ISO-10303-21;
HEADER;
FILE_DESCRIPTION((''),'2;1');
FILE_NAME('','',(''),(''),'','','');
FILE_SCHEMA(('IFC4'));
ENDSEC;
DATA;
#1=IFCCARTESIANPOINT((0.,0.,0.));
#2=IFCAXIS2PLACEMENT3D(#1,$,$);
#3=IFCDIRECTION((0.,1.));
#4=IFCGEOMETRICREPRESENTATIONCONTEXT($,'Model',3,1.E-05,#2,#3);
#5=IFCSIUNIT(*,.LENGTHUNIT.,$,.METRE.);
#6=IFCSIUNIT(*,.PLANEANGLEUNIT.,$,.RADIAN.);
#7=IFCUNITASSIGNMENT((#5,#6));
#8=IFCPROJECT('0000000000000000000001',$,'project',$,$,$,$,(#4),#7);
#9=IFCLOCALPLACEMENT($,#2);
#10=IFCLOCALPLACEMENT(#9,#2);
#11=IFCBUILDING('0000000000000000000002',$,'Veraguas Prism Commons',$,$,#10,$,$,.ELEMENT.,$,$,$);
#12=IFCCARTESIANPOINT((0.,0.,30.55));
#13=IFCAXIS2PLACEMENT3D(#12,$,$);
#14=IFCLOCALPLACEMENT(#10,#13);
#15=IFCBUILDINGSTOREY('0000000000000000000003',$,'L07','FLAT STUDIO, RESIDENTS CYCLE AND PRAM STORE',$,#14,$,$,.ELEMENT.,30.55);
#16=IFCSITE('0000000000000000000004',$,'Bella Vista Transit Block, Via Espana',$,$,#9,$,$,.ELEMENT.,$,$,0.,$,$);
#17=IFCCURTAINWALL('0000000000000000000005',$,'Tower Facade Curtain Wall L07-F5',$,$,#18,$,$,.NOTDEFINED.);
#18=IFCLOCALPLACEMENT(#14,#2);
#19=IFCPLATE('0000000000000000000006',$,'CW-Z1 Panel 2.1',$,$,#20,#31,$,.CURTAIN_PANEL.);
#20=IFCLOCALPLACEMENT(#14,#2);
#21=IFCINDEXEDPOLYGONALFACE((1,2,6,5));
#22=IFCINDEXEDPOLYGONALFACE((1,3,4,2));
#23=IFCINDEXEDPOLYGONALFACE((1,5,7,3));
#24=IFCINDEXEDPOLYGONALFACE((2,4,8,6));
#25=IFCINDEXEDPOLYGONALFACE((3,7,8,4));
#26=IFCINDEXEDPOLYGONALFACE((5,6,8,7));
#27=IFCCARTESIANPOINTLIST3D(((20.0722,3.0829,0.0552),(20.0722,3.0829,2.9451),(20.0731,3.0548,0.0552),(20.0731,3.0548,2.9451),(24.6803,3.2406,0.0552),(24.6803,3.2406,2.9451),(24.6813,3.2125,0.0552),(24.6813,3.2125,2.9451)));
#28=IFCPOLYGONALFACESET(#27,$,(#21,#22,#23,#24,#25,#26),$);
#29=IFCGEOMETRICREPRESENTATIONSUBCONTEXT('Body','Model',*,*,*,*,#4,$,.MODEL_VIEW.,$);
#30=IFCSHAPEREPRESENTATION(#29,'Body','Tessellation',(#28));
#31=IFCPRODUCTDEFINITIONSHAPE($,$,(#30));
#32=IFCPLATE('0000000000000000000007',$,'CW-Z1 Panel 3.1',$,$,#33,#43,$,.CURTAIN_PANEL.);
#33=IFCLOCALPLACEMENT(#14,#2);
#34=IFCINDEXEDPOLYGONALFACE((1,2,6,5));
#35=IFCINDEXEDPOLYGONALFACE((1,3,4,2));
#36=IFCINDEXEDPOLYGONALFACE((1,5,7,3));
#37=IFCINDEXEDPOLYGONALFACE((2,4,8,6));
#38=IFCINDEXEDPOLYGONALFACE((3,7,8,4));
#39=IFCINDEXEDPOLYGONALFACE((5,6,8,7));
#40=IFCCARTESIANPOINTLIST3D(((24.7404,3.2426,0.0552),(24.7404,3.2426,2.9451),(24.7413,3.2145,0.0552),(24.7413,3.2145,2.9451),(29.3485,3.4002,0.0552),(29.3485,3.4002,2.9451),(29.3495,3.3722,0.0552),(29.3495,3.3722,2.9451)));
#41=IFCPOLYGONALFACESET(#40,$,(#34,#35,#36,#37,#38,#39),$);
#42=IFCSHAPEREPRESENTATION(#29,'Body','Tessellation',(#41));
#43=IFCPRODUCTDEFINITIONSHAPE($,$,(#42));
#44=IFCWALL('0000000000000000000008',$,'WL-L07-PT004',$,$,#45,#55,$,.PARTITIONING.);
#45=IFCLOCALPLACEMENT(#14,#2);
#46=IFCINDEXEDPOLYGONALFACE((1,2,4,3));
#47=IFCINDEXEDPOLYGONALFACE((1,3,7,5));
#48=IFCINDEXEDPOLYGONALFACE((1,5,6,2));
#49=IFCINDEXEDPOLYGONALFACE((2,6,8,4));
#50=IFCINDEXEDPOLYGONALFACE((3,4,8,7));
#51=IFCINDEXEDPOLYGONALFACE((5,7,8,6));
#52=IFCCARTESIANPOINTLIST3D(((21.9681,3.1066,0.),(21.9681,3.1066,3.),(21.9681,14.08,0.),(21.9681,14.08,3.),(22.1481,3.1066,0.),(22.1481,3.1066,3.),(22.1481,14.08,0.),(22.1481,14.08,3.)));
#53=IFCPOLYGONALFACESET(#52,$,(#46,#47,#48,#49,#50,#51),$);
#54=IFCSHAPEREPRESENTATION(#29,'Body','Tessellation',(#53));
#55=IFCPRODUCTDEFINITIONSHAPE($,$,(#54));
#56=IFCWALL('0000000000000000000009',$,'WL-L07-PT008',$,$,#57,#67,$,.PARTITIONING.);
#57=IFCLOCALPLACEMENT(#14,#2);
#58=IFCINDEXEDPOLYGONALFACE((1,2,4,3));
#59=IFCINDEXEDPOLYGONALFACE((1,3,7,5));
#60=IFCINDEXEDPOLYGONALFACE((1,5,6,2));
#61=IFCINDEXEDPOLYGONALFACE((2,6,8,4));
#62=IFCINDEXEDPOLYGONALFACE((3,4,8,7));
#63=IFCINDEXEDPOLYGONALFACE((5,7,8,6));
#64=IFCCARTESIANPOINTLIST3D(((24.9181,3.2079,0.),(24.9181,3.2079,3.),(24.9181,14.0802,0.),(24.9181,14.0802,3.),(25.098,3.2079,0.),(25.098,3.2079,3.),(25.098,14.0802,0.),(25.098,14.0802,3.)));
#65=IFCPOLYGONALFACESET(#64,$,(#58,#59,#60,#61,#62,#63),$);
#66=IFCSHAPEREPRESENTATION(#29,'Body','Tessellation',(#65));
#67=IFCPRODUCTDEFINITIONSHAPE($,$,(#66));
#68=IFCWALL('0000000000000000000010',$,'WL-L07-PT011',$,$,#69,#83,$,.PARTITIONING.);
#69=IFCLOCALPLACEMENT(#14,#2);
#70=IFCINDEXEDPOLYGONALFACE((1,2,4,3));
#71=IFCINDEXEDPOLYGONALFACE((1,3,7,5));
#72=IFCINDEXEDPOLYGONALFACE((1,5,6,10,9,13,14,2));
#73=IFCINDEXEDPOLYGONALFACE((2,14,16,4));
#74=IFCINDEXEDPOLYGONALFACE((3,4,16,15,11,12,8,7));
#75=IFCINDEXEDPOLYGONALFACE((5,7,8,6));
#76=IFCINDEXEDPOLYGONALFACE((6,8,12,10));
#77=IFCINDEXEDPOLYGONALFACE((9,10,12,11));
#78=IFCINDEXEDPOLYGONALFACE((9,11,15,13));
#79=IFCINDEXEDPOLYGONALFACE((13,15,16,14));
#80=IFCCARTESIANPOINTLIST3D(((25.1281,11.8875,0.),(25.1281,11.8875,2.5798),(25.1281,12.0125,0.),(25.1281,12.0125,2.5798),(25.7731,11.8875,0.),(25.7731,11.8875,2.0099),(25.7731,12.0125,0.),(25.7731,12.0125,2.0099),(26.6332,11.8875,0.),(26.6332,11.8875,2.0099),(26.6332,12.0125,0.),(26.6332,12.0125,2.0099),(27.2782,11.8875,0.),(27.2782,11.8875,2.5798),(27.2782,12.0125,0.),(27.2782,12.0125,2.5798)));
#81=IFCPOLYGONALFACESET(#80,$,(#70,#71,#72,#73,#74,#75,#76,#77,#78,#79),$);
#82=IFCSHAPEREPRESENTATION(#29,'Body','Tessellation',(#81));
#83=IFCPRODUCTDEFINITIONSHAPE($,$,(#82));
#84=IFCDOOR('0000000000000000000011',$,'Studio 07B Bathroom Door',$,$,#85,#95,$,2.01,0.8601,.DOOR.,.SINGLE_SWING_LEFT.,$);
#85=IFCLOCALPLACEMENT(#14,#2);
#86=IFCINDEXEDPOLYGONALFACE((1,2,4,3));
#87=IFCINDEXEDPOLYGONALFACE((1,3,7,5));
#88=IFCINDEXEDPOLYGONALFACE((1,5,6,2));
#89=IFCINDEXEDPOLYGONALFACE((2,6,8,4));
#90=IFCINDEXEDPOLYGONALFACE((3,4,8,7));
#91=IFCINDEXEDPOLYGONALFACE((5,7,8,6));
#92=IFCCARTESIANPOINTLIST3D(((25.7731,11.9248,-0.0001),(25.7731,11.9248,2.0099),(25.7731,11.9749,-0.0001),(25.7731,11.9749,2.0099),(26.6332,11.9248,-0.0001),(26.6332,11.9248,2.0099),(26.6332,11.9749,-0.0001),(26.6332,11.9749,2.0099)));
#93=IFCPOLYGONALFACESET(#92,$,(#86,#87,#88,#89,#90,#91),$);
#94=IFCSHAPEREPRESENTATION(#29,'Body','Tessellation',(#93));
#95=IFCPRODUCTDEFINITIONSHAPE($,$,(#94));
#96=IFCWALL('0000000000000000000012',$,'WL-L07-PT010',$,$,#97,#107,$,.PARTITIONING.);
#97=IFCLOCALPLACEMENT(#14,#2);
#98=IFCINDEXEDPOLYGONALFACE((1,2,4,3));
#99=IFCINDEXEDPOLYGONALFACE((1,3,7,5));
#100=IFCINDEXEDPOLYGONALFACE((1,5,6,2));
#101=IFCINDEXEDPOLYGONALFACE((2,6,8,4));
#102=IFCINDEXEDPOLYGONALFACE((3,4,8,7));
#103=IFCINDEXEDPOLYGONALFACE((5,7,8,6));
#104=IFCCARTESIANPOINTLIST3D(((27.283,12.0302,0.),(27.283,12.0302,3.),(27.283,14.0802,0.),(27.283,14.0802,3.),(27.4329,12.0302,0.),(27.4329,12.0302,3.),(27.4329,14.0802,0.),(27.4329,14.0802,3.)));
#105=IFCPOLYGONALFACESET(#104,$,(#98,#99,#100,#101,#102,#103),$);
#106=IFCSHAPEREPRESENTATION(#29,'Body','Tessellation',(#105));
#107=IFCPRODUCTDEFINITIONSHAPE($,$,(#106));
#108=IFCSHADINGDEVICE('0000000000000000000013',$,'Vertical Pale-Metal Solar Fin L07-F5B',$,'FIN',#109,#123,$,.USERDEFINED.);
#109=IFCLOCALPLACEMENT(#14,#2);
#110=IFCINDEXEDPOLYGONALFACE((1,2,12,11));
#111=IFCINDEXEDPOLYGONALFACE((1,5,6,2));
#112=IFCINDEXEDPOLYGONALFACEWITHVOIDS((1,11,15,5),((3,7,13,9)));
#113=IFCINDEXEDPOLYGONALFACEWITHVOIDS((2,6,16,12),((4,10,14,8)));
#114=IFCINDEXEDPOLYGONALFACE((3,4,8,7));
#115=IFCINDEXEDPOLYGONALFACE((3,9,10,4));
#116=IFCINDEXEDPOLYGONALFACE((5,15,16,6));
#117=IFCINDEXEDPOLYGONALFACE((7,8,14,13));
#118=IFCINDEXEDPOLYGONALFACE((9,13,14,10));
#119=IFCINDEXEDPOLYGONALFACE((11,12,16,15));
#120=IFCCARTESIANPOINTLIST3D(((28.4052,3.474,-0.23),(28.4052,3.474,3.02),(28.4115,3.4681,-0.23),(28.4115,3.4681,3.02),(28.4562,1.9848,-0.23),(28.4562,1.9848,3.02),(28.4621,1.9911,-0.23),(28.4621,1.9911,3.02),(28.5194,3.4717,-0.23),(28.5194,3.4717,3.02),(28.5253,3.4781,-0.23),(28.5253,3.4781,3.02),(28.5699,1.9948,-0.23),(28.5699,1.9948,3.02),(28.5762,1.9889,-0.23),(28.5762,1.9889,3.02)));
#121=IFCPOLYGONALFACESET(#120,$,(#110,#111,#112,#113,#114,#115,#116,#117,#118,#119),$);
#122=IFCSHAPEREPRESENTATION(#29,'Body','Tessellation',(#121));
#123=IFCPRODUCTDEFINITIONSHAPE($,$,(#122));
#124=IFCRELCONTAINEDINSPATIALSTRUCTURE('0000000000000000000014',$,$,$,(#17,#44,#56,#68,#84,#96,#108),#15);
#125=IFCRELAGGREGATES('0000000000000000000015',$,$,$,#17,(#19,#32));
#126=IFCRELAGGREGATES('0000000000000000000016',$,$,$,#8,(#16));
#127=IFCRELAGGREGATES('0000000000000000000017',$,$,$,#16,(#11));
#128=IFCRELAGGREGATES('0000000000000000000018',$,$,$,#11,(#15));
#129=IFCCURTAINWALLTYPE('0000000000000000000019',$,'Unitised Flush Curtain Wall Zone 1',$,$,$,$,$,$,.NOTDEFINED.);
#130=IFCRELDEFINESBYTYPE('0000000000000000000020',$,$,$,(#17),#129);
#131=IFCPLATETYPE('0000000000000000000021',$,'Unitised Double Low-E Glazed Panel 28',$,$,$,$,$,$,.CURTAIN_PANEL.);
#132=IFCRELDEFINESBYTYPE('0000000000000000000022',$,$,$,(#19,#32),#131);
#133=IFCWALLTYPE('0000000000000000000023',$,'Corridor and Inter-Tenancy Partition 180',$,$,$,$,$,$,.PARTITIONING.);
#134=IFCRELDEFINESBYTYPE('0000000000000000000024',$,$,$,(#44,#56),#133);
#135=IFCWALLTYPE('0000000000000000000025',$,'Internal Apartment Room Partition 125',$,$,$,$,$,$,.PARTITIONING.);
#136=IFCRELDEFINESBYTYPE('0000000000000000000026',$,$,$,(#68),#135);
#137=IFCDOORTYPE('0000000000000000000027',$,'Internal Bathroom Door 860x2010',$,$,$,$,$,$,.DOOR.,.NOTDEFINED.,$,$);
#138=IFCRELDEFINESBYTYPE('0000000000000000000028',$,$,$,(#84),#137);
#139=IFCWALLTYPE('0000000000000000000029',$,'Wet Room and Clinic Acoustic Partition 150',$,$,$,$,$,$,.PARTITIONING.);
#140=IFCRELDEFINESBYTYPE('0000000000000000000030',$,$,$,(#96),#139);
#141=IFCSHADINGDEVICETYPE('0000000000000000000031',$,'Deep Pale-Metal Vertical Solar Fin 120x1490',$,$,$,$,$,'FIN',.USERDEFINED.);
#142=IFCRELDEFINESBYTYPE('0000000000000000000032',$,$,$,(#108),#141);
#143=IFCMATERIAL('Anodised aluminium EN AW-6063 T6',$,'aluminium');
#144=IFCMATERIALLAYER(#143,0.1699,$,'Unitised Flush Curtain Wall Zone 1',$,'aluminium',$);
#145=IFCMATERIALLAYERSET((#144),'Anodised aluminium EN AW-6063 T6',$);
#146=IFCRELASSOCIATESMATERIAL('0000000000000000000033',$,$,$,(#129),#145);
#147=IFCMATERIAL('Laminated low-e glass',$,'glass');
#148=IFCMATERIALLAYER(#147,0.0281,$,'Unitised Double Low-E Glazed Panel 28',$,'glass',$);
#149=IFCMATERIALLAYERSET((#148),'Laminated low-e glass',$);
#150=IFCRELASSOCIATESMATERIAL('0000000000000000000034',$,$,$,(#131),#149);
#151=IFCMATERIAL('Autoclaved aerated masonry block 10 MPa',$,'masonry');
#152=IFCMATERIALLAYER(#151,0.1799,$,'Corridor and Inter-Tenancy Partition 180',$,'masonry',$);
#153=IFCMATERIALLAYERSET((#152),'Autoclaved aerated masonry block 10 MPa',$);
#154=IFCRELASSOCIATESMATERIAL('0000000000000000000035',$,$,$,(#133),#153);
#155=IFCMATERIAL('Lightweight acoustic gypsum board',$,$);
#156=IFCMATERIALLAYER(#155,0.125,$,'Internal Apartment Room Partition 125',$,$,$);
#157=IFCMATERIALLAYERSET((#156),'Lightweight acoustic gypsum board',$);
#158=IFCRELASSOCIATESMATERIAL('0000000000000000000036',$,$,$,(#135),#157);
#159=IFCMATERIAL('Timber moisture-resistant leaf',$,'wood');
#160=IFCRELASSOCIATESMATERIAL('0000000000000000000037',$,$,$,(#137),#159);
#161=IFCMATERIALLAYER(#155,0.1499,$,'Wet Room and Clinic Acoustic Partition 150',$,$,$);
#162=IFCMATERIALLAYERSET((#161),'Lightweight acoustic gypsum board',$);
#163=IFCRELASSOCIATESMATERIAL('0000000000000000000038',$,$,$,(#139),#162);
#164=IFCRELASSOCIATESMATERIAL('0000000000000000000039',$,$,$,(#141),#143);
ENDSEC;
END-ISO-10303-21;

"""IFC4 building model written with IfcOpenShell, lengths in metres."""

from ifc_helpers import new_model, si_unit, direction, frame, frame_2d, origin, origin_2d, place, context, subcontext, project, spatial, rectangle, hollow_rectangle, extrude, source, transform, mapped, material, layer, layer_set, material_profile, profile_set, type_object, element, fill, aggregate, save


model = new_model("IFC4")

# Units and contexts
model_context = context("Model", 3, precision=1e-05, world=origin(), true_north=direction((0.0, 1.0)))
body_context = subcontext(model_context, "Body", "Model", "MODEL_VIEW")
ifc_project = project(units=[si_unit("LENGTHUNIT", "METRE"), si_unit("PLANEANGLEUNIT", "RADIAN")], contexts=[model_context])

# Site, building, storey
site_placement = place(None, origin())
site = spatial("IfcSite", under=ifc_project, at=site_placement, Name="Bella Vista Transit Block, Via Espana", CompositionType="ELEMENT", RefElevation=0.0)
building_placement = place(site_placement, origin())
building = spatial("IfcBuilding", under=site, at=building_placement, Name="Veraguas Prism Commons", CompositionType="ELEMENT")
storey_placement = place(building_placement, frame((0.0, 0.0, 30.55)))
storey = spatial("IfcBuildingStorey", under=building, at=storey_placement, Name="L07", Description="FLAT STUDIO, RESIDENTS CYCLE AND PRAM STORE", CompositionType="ELEMENT", Elevation=30.55)

# Curtain wall, plates
ifc_material_1 = material(Name="Anodised aluminium EN AW-6063 T6", Category="aluminium")
ifc_layer_1 = layer(ifc_material_1, 0.1699, Name="Unitised Flush Curtain Wall Zone 1", Category="aluminium")
ifc_layer_set_1 = layer_set([ifc_layer_1], Name="Anodised aluminium EN AW-6063 T6")
curtain_wall_type = type_object("IfcCurtainWallType", Name="Unitised Flush Curtain Wall Zone 1", PredefinedType="NOTDEFINED", material=ifc_layer_set_1)
curtain_wall_placement = place(storey_placement, origin())
curtain_wall = element("IfcCurtainWall", 1, at=curtain_wall_placement, inside=storey, type_object=curtain_wall_type, Name="Tower Facade Curtain Wall L07-F5", PredefinedType="NOTDEFINED")
ifc_material_2 = material(Name="Laminated low-e glass", Category="glass")
ifc_layer_2 = layer(ifc_material_2, 0.0281, Name="Unitised Double Low-E Glazed Panel 28", Category="glass")
ifc_layer_set_2 = layer_set([ifc_layer_2], Name="Laminated low-e glass")
plate_type = type_object("IfcPlateType", Name="Unitised Double Low-E Glazed Panel 28", PredefinedType="CURTAIN_PANEL", material=ifc_layer_set_2)
shared_shape_1 = source(origin(), body_context, "Body", "SweptSolid", [
    extrude(rectangle(XDim=4.6108, YDim=0.0281, at=origin_2d()), origin(), (0.0, 0.0, 1.0), 2.8899),
])
plate_1_placement = place(storey_placement, frame((22.3767, 3.1477, 0.0552), z_axis=(0.0, 0.0, 1.0), x_axis=(0.999415, 0.034195, 0.0)))
plate_1 = element("IfcPlate", 2, at=plate_1_placement, type_object=plate_type, Name="CW-Z1 Panel 2.1", PredefinedType="CURTAIN_PANEL", context=body_context, shape_type="MappedRepresentation", body=[
    mapped(shared_shape_1, transform((0.0, 0.0, 0.0), scale=1.0)),
])
plate_2_placement = place(storey_placement, frame((27.0449, 3.3074, 0.0552), z_axis=(0.0, 0.0, 1.0), x_axis=(0.999415, 0.034195, 0.0)))
plate_2 = element("IfcPlate", 3, at=plate_2_placement, type_object=plate_type, Name="CW-Z1 Panel 3.1", PredefinedType="CURTAIN_PANEL", context=body_context, shape_type="MappedRepresentation", body=[
    mapped(shared_shape_1, transform((0.0, 0.0, 0.0), scale=1.0)),
])
aggregate(curtain_wall, [plate_1, plate_2])

# Walls
ifc_material_3 = material(Name="Autoclaved aerated masonry block 10 MPa", Category="masonry")
ifc_layer_3 = layer(ifc_material_3, 0.1799, Name="Corridor and Inter-Tenancy Partition 180", Category="masonry")
ifc_layer_set_3 = layer_set([ifc_layer_3], Name="Autoclaved aerated masonry block 10 MPa")
wall_type_1 = type_object("IfcWallType", Name="Corridor and Inter-Tenancy Partition 180", PredefinedType="PARTITIONING", material=ifc_layer_set_3)
wall_1_placement = place(storey_placement, frame((22.0581, 14.0801, 0.0), z_axis=(0.0, 0.0, 1.0), x_axis=(0.0, -1.0, 0.0)))
element("IfcWall", 4, at=wall_1_placement, inside=storey, type_object=wall_type_1, Name="WL-L07-PT004", PredefinedType="PARTITIONING", context=body_context, shape_type="SweptSolid", body=[
    extrude(rectangle(XDim=10.9734, YDim=0.1799, at=frame_2d((5.4868, 0.0))), origin(), (0.0, 0.0, 1.0), 3.0),
])
wall_2_placement = place(storey_placement, frame((25.0081, 14.0801, 0.0), z_axis=(0.0, 0.0, 1.0), x_axis=(0.0, -1.0, 0.0)))
element("IfcWall", 5, at=wall_2_placement, inside=storey, type_object=wall_type_1, Name="WL-L07-PT008", PredefinedType="PARTITIONING", context=body_context, shape_type="SweptSolid", body=[
    extrude(rectangle(XDim=10.8723, YDim=0.1799, at=frame_2d((5.436, 0.0))), origin(), (0.0, 0.0, 1.0), 3.0),
])

# Wall, opening, door
ifc_material_4 = material(Name="Lightweight acoustic gypsum board")
ifc_layer_4 = layer(ifc_material_4, 0.125, Name="Internal Apartment Room Partition 125")
ifc_layer_set_4 = layer_set([ifc_layer_4], Name="Lightweight acoustic gypsum board")
wall_type_2 = type_object("IfcWallType", Name="Internal Apartment Room Partition 125", PredefinedType="PARTITIONING", material=ifc_layer_set_4)
wall_3_placement = place(storey_placement, frame((25.1279, 11.95, 0.0), z_axis=(0.0, 0.0, 1.0), x_axis=(1.0, 0.0, 0.0)))
wall_3 = element("IfcWall", 6, at=wall_3_placement, inside=storey, type_object=wall_type_2, Name="WL-L07-PT011", PredefinedType="PARTITIONING", context=body_context, shape_type="SweptSolid", body=[
    extrude(rectangle(XDim=2.1501, YDim=0.125, at=frame_2d((1.0752, 0.0))), origin(), (0.0, 0.0, 1.0), 2.5798),
])
opening_placement = place(wall_3_placement, frame((0.645, 0.0, 0.0)))
opening = element("IfcOpeningElement", 7, at=opening_placement, cuts=wall_3, PredefinedType="OPENING", context=body_context, shape_type="SweptSolid", body=[
    extrude(rectangle(XDim=0.8601, YDim=2.01, at=frame_2d((0.4302, 1.0049))), frame((0.0, 0.0725, 0.0), z_axis=(0.0, -1.0, 0.0), x_axis=(1.0, 0.0, 0.0)), (0.0, 0.0, 1.0), 0.145),
])
ifc_material_5 = material(Name="Timber moisture-resistant leaf", Category="wood")
door_type = type_object("IfcDoorType", Name="Internal Bathroom Door 860x2010", OperationType="NOTDEFINED", PredefinedType="DOOR", material=ifc_material_5)
shared_shape_2 = source(origin(), body_context, "Body", "SweptSolid", [
    extrude(rectangle(XDim=0.8601, YDim=2.01, at=frame_2d((0.4302, 1.0049))), frame((0.0, 0.0249, 0.0), z_axis=(0.0, -1.0, 0.0), x_axis=(1.0, 0.0, 0.0)), (0.0, 0.0, 1.0), 0.05),
])
door_placement = place(opening_placement, origin())
door = element("IfcDoor", 8, at=door_placement, inside=storey, type_object=door_type, Name="Studio 07B Bathroom Door", OperationType="SINGLE_SWING_LEFT", OverallHeight=2.01, OverallWidth=0.8601, PredefinedType="DOOR", context=body_context, shape_type="MappedRepresentation", body=[
    mapped(shared_shape_2, transform((0.0, 0.0, 0.0), scale=1.0)),
])
fill(opening, door)

# Wall
ifc_layer_5 = layer(ifc_material_4, 0.1499, Name="Wet Room and Clinic Acoustic Partition 150")
ifc_layer_set_5 = layer_set([ifc_layer_5], Name="Lightweight acoustic gypsum board")
wall_type_3 = type_object("IfcWallType", Name="Wet Room and Clinic Acoustic Partition 150", PredefinedType="PARTITIONING", material=ifc_layer_set_5)
wall_4_placement = place(storey_placement, frame((27.3579, 14.0801, 0.0), z_axis=(0.0, 0.0, 1.0), x_axis=(0.0, -1.0, 0.0)))
element("IfcWall", 9, at=wall_4_placement, inside=storey, type_object=wall_type_3, Name="WL-L07-PT010", PredefinedType="PARTITIONING", context=body_context, shape_type="SweptSolid", body=[
    extrude(rectangle(XDim=2.05, YDim=0.1499, at=frame_2d((1.0249, 0.0))), origin(), (0.0, 0.0, 1.0), 3.0),
])

# Shading device
ifc_material_profile_1 = material_profile(ifc_material_1, hollow_rectangle(XDim=0.1201, YDim=1.49, WallThickness=0.0061, at=origin_2d()), Name="FIN120X1490X6")
ifc_profile_set_1 = profile_set([ifc_material_profile_1], Name="Anodised aluminium EN AW-6063 T6")
shading_device_type = type_object("IfcShadingDeviceType", Name="Deep Pale-Metal Vertical Solar Fin 120x1490", ElementType="FIN", PredefinedType="USERDEFINED", material=ifc_profile_set_1)
shading_device_placement = place(storey_placement, frame((28.4907, 2.7314, -0.23), z_axis=(0.0, 0.0, 1.0), x_axis=(0.999415, 0.0342, 0.0)))
element("IfcShadingDevice", 10, at=shading_device_placement, inside=storey, type_object=shading_device_type, Name="Vertical Pale-Metal Solar Fin L07-F5B", ObjectType="FIN", PredefinedType="USERDEFINED", context=body_context, shape_type="SweptSolid", body=[
    extrude(hollow_rectangle(XDim=0.1201, YDim=1.49, WallThickness=0.0061, at=origin_2d()), origin(), (0.0, 0.0, 1.0), 3.25),
])

save(model, "model.ifc")
